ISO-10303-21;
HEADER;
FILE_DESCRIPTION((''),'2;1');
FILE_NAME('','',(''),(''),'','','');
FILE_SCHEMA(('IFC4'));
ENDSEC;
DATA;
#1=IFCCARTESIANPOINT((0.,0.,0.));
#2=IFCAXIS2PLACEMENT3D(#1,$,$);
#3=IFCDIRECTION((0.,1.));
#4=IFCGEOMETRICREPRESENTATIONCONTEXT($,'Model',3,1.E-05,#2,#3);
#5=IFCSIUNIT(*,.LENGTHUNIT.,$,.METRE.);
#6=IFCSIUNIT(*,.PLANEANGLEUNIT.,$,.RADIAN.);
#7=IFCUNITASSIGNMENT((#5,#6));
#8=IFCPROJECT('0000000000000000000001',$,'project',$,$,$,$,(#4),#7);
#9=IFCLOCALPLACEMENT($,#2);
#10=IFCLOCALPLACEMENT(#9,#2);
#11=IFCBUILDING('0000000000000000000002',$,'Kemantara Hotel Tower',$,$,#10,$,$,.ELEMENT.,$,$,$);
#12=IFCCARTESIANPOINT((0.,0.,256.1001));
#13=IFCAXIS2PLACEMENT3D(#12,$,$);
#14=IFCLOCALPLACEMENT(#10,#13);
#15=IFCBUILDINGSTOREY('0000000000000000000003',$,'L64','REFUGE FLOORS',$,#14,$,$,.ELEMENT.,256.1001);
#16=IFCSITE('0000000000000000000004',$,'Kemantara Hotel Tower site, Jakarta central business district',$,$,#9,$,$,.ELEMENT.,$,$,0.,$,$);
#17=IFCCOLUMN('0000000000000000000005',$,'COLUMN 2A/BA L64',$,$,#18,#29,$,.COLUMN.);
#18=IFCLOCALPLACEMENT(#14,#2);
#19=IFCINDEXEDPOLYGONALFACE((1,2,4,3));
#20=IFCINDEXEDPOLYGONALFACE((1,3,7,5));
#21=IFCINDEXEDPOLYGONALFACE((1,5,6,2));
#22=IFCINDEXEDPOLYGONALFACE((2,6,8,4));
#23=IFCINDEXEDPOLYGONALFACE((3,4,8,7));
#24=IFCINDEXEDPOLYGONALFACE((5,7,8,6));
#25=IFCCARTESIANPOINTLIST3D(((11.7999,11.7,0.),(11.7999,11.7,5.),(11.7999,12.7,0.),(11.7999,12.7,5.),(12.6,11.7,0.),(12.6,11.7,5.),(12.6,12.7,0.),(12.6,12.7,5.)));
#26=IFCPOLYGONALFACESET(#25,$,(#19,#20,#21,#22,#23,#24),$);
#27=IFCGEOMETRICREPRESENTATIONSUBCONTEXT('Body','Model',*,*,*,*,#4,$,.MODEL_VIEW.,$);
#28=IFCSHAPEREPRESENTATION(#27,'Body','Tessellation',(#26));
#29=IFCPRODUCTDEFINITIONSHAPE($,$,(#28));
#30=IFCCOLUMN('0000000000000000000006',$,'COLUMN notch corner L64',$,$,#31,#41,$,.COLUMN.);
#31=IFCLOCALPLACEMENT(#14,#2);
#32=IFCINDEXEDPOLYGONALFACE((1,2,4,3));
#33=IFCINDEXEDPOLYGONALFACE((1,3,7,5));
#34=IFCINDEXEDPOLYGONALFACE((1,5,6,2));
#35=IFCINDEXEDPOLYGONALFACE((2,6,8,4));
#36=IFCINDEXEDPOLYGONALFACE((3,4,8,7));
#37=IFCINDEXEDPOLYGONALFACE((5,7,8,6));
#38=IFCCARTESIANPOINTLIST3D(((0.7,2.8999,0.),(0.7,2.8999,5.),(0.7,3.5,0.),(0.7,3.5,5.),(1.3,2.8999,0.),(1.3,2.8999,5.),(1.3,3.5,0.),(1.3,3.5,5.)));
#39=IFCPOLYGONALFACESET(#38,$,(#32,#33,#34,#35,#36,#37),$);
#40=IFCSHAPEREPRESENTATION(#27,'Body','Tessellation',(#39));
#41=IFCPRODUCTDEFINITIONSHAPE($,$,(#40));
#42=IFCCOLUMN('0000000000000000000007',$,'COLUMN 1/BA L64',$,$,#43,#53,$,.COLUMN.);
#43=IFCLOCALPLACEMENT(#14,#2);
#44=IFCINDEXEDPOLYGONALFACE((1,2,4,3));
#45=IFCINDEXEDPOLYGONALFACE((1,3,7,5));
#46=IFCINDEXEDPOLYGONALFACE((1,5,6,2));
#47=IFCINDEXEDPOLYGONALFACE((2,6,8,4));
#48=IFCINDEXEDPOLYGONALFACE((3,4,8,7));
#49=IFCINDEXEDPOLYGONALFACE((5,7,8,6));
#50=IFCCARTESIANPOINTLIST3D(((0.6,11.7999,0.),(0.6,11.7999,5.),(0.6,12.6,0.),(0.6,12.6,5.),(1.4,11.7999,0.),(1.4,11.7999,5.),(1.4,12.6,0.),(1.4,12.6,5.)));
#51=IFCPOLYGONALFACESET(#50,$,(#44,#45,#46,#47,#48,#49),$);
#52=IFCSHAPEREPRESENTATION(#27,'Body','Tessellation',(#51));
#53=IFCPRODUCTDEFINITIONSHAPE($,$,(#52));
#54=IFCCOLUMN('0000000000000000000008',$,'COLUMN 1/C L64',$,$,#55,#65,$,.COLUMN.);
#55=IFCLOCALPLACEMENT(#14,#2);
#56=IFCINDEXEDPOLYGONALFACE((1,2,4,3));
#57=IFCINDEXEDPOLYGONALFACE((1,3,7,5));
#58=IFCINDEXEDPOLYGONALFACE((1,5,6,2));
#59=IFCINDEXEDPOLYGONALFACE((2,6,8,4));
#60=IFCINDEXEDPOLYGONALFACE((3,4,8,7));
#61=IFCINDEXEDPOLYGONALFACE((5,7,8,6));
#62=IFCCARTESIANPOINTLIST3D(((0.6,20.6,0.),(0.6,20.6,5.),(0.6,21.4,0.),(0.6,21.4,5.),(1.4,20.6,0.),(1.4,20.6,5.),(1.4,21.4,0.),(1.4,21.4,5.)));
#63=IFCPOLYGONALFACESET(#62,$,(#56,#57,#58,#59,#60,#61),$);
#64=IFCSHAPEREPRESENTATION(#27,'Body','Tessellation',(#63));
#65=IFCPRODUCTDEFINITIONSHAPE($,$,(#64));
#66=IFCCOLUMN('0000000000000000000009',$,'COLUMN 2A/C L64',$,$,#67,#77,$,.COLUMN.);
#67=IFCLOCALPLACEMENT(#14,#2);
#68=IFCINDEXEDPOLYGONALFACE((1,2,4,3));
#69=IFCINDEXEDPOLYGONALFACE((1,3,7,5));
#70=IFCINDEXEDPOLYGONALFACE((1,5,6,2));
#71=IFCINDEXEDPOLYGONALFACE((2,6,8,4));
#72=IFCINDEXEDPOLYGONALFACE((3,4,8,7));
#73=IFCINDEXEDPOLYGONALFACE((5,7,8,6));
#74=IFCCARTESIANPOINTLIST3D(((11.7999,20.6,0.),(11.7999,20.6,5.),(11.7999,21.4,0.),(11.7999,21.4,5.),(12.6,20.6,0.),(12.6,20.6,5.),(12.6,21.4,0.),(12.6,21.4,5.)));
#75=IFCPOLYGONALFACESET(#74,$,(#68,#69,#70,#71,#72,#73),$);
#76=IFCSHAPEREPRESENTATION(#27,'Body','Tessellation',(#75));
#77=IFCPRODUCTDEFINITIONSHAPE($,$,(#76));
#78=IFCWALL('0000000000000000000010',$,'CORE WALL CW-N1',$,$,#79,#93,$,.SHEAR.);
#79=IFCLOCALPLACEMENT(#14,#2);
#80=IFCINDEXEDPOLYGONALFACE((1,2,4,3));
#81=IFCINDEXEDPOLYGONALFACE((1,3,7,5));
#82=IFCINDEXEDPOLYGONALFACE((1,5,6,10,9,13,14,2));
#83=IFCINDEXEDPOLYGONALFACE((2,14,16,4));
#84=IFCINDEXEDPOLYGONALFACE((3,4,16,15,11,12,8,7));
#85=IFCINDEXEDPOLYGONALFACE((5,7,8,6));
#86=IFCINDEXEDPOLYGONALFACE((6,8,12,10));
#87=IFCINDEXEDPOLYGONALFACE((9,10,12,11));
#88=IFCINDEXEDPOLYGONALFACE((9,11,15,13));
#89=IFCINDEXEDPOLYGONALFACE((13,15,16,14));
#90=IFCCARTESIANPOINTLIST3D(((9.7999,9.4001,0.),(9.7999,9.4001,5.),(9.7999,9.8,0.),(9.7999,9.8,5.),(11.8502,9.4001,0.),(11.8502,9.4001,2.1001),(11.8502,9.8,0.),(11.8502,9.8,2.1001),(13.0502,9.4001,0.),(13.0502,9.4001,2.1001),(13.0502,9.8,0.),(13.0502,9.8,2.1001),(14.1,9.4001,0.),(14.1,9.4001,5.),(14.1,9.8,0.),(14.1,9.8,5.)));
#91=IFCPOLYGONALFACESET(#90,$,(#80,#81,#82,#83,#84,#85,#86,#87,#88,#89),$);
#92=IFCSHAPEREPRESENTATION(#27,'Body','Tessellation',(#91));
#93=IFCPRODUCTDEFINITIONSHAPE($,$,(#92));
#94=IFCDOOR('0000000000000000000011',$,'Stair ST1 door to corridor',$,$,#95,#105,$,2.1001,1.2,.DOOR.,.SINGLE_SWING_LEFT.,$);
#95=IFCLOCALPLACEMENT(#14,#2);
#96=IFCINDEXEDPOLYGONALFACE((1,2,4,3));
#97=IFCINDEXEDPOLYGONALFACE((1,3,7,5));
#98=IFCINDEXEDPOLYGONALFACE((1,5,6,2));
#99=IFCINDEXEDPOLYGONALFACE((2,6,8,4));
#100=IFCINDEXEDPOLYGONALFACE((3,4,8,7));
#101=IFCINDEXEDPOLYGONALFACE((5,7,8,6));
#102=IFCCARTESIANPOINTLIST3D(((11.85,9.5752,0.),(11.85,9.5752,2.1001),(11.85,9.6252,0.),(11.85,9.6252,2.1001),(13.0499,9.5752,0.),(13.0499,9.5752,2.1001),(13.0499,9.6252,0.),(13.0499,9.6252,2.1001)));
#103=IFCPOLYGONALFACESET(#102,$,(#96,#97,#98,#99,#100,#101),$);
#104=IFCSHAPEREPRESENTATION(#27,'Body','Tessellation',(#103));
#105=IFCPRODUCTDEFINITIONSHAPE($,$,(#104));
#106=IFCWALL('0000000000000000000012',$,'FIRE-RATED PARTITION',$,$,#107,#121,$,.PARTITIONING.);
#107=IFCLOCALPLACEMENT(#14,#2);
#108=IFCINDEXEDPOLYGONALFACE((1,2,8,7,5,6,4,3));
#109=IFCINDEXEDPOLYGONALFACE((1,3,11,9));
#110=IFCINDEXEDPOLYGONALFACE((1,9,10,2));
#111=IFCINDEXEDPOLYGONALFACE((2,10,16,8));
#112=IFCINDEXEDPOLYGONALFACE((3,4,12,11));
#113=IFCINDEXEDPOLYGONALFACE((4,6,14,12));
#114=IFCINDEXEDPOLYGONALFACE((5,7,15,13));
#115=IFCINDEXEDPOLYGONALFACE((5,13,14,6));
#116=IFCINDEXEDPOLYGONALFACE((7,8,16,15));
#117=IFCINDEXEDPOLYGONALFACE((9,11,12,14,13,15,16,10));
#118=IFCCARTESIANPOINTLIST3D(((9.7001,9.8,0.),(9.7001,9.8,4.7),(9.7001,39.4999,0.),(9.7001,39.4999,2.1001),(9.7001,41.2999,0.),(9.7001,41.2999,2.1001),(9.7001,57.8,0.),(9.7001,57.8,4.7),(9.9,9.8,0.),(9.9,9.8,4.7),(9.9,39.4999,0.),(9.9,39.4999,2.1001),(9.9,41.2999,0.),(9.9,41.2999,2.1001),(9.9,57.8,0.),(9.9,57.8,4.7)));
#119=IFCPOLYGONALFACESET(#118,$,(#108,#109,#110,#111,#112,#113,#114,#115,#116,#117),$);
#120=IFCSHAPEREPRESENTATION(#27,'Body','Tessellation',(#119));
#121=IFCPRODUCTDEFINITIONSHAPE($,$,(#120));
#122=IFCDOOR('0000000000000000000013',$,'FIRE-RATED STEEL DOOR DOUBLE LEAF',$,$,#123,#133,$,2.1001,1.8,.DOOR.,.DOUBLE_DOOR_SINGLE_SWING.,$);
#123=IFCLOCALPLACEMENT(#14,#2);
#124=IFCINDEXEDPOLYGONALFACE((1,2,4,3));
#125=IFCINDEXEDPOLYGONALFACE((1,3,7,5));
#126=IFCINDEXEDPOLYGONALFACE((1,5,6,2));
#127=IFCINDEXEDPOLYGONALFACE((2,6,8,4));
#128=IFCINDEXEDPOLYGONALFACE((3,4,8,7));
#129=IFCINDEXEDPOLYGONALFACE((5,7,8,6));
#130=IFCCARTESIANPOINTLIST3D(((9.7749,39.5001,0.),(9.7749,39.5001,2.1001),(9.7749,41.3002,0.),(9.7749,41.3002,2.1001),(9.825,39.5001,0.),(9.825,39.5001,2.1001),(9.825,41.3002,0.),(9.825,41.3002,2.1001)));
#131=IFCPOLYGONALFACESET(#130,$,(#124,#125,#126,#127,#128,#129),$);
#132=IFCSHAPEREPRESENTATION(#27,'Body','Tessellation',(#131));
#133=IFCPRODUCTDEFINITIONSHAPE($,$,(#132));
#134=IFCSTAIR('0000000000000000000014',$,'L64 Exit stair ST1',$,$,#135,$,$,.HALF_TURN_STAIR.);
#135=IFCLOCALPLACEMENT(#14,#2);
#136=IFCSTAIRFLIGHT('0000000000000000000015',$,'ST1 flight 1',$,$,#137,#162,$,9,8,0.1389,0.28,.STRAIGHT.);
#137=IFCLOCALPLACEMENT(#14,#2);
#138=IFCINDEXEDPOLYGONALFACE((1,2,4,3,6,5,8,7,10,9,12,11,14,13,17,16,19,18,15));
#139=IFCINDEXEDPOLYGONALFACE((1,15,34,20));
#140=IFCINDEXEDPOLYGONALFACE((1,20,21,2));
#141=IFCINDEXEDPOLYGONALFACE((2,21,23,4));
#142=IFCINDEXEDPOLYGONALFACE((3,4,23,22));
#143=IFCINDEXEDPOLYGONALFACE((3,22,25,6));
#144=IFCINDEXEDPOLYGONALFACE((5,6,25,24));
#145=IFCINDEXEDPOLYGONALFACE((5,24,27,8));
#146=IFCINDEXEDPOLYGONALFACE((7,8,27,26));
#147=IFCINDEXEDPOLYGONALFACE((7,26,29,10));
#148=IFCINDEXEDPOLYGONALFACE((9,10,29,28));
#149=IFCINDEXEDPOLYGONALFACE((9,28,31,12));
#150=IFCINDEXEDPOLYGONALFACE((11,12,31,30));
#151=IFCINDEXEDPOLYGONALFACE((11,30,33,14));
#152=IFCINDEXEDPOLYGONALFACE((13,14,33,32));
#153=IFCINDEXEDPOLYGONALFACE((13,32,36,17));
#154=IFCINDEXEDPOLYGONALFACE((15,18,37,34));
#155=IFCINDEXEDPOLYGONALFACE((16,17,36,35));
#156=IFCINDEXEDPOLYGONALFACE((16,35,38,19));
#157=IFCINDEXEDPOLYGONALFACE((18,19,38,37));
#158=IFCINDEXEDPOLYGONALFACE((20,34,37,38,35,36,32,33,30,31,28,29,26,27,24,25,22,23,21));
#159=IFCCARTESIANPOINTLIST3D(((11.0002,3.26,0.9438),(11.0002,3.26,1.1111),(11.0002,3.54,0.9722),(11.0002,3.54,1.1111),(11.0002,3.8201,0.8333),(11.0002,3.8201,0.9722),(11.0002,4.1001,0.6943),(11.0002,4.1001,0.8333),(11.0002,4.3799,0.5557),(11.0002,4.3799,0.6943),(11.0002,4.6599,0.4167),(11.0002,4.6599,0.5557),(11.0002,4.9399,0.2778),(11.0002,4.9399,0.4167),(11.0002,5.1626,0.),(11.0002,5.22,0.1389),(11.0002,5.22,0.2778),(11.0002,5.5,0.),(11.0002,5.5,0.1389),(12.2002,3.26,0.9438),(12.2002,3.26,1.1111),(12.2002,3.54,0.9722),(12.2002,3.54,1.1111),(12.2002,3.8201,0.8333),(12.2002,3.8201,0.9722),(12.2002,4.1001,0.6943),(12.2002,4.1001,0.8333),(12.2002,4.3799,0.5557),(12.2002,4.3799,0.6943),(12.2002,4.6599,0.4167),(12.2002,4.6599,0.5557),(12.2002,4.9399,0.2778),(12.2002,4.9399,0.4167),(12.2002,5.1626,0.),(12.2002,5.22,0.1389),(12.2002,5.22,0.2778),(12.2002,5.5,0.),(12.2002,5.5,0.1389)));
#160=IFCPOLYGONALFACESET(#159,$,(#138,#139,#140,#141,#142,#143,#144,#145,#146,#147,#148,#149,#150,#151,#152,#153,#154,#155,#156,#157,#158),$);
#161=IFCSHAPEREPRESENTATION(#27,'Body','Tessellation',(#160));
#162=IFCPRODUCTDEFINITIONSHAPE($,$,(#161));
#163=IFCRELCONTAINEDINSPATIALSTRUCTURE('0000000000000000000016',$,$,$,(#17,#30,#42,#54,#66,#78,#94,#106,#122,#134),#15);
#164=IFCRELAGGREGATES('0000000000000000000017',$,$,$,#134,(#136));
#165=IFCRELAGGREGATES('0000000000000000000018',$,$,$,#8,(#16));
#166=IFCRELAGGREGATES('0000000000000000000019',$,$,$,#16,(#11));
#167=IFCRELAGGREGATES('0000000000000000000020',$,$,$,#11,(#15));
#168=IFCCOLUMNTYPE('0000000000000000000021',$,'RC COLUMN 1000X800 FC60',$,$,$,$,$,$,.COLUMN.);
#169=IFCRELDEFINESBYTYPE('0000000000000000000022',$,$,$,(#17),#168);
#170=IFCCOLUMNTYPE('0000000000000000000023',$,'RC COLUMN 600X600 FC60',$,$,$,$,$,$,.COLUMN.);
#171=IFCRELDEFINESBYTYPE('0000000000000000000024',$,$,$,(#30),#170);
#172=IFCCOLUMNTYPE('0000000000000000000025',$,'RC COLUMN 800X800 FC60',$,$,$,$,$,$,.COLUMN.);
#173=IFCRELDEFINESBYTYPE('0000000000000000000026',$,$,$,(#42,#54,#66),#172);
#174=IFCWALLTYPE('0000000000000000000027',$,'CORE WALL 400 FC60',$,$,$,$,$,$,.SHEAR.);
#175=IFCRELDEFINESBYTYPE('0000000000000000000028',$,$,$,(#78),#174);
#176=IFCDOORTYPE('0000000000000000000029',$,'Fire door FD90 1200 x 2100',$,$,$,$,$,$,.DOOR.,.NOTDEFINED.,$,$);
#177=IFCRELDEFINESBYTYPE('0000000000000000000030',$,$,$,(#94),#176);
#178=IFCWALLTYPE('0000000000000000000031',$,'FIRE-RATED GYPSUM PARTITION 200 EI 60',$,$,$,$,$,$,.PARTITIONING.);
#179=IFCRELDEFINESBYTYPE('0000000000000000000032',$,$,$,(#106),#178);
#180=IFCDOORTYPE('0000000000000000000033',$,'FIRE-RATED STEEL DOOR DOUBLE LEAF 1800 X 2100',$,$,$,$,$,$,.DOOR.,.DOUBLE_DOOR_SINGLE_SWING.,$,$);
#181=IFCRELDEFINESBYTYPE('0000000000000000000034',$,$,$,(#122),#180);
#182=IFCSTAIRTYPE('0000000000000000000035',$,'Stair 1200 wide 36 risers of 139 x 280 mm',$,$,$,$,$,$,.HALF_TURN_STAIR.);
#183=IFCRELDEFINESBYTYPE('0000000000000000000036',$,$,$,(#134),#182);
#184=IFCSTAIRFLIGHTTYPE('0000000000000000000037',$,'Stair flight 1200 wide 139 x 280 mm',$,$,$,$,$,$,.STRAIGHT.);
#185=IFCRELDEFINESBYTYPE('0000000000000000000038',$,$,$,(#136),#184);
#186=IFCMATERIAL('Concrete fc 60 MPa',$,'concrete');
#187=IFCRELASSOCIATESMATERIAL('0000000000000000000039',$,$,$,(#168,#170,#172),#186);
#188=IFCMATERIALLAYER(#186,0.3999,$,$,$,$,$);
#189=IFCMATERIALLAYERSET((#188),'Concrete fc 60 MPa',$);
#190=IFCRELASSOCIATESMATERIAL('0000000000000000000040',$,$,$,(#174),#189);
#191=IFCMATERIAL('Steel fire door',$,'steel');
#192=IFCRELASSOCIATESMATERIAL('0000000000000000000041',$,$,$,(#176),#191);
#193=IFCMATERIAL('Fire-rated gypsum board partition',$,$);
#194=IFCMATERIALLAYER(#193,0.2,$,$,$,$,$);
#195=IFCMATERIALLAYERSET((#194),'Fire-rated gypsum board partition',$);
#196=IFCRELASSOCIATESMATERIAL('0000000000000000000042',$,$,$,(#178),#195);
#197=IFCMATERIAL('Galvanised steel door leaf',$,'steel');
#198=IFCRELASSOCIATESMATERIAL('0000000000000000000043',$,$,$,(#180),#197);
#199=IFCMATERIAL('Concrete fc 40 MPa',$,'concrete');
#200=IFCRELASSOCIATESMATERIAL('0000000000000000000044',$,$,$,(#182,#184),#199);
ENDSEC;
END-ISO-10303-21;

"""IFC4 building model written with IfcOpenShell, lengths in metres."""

from ifc_helpers import new_model, si_unit, direction, frame, frame_2d, origin, origin_2d, place, context, subcontext, project, spatial, polyline, rectangle, outline, extrude, material, layer, layer_set, material_profile, profile_set, type_object, element, fill, aggregate, save


model = new_model("IFC4")

# Units and contexts
model_context = context("Model", 3, precision=1e-05, world=origin(), true_north=direction((0.0, 1.0)))
body_context = subcontext(model_context, "Body", "Model", "MODEL_VIEW")
ifc_project = project(units=[si_unit("LENGTHUNIT", "METRE"), si_unit("PLANEANGLEUNIT", "RADIAN")], contexts=[model_context])

# Site, building, storey
site_placement = place(None, origin())
site = spatial("IfcSite", under=ifc_project, at=site_placement, Name="Kemantara Hotel Tower site, Jakarta central business district", CompositionType="ELEMENT", RefElevation=0.0)
building_placement = place(site_placement, origin())
building = spatial("IfcBuilding", under=site, at=building_placement, Name="Kemantara Hotel Tower", CompositionType="ELEMENT")
storey_placement = place(building_placement, frame((0.0, 0.0, 256.1001)))
storey = spatial("IfcBuildingStorey", under=building, at=storey_placement, Name="L64", Description="REFUGE FLOORS", CompositionType="ELEMENT", Elevation=256.1001)

# Columns
ifc_material_1 = material(Name="Concrete fc 60 MPa", Category="concrete")
ifc_material_profile_1 = material_profile(ifc_material_1, rectangle(XDim=1.0, YDim=0.8, at=origin_2d()), Name="RC 1000X800")
ifc_profile_set_1 = profile_set([ifc_material_profile_1], Name="Concrete fc 60 MPa")
column_type_1 = type_object("IfcColumnType", Name="RC COLUMN 1000X800 FC60", PredefinedType="COLUMN", material=ifc_profile_set_1)
column_1_placement = place(storey_placement, frame((12.2, 12.2, 0.0), z_axis=(0.0, 0.0, 1.0), x_axis=(0.0, 1.0, 0.0)))
element("IfcColumn", 1, at=column_1_placement, inside=storey, type_object=column_type_1, Name="COLUMN 2A/BA L64", PredefinedType="COLUMN", context=body_context, shape_type="SweptSolid", body=[
    extrude(rectangle(XDim=1.0, YDim=0.8, at=origin_2d()), origin(), (0.0, 0.0, 1.0), 5.0),
])
ifc_material_profile_2 = material_profile(ifc_material_1, rectangle(XDim=0.6001, YDim=0.6001, at=origin_2d()), Name="RC 600X600")
ifc_profile_set_2 = profile_set([ifc_material_profile_2], Name="Concrete fc 60 MPa")
column_type_2 = type_object("IfcColumnType", Name="RC COLUMN 600X600 FC60", PredefinedType="COLUMN", material=ifc_profile_set_2)
column_2_placement = place(storey_placement, frame((1.0, 3.2, 0.0), z_axis=(0.0, 0.0, 1.0), x_axis=(1.0, 0.0, 0.0)))
element("IfcColumn", 2, at=column_2_placement, inside=storey, type_object=column_type_2, Name="COLUMN notch corner L64", PredefinedType="COLUMN", context=body_context, shape_type="SweptSolid", body=[
    extrude(rectangle(XDim=0.6001, YDim=0.6001, at=origin_2d()), origin(), (0.0, 0.0, 1.0), 5.0),
])
ifc_material_profile_3 = material_profile(ifc_material_1, rectangle(XDim=0.8, YDim=0.8, at=origin_2d()), Name="RC 800X800")
ifc_profile_set_3 = profile_set([ifc_material_profile_3], Name="Concrete fc 60 MPa")
column_type_3 = type_object("IfcColumnType", Name="RC COLUMN 800X800 FC60", PredefinedType="COLUMN", material=ifc_profile_set_3)
for number, where, z_axis, x_axis, name in (
    (3, (1.0, 12.2, 0.0), (0.0, 0.0, 1.0), (1.0, 0.0, 0.0), "COLUMN 1/BA L64"),
    (4, (1.0, 21.0, 0.0), (0.0, 0.0, 1.0), (1.0, 0.0, 0.0), "COLUMN 1/C L64"),
    (5, (12.2, 21.0, 0.0), (0.0, 0.0, 1.0), (1.0, 0.0, 0.0), "COLUMN 2A/C L64"),
):
    element("IfcColumn", number, at=place(storey_placement, frame(where, z_axis=z_axis, x_axis=x_axis)), inside=storey, type_object=column_type_3, Name=name, PredefinedType="COLUMN", context=body_context, shape_type="SweptSolid", body=[
        extrude(rectangle(XDim=0.8, YDim=0.8, at=origin_2d()), origin(), (0.0, 0.0, 1.0), 5.0),
    ])

# Walls, openings, doors
ifc_layer_1 = layer(ifc_material_1, 0.3999)
ifc_layer_set_1 = layer_set([ifc_layer_1], Name="Concrete fc 60 MPa")
wall_type_1 = type_object("IfcWallType", Name="CORE WALL 400 FC60", PredefinedType="SHEAR", material=ifc_layer_set_1)
wall_1_placement = place(storey_placement, frame((9.8, 9.6001, 0.0), z_axis=(0.0, 0.0, 1.0), x_axis=(1.0, 0.0, 0.0)))
wall_1 = element("IfcWall", 6, at=wall_1_placement, inside=storey, type_object=wall_type_1, Name="CORE WALL CW-N1", PredefinedType="SHEAR", context=body_context, shape_type="SweptSolid", body=[
    extrude(rectangle(XDim=4.3, YDim=0.3999, at=frame_2d((2.1499, 0.0))), origin(), (0.0, 0.0, 1.0), 5.0),
])
opening_1_placement = place(wall_1_placement, frame((2.05, 0.0, 0.0)))
opening_1 = element("IfcOpeningElement", 7, at=opening_1_placement, cuts=wall_1, PredefinedType="OPENING", context=body_context, shape_type="SweptSolid", body=[
    extrude(rectangle(XDim=1.2, YDim=2.1001, at=frame_2d((0.6001, 1.05))), frame((0.0, 0.21, 0.0), z_axis=(0.0, -1.0, 0.0), x_axis=(1.0, 0.0, 0.0)), (0.0, 0.0, 1.0), 0.4199),
])
ifc_material_2 = material(Name="Steel fire door", Category="steel")
door_type_1 = type_object("IfcDoorType", Name="Fire door FD90 1200 x 2100", OperationType="NOTDEFINED", PredefinedType="DOOR", material=ifc_material_2)
door_1_placement = place(opening_1_placement, frame((1.2, 0.0, 0.0), z_axis=(0.0, 0.0, 1.0), x_axis=(-1.0, 0.0, 0.0)))
door_1 = element("IfcDoor", 8, at=door_1_placement, inside=storey, type_object=door_type_1, Name="Stair ST1 door to corridor", OperationType="SINGLE_SWING_LEFT", OverallHeight=2.1001, OverallWidth=1.2, PredefinedType="DOOR", context=body_context, shape_type="SweptSolid", body=[
    extrude(rectangle(XDim=1.2, YDim=2.1001, at=frame_2d((0.6001, 1.05))), frame((0.0, 0.0249, 0.0), z_axis=(0.0, -1.0, 0.0), x_axis=(1.0, 0.0, 0.0)), (0.0, 0.0, 1.0), 0.05),
])
fill(opening_1, door_1)
ifc_material_3 = material(Name="Fire-rated gypsum board partition")
ifc_layer_2 = layer(ifc_material_3, 0.2)
ifc_layer_set_2 = layer_set([ifc_layer_2], Name="Fire-rated gypsum board partition")
wall_type_2 = type_object("IfcWallType", Name="FIRE-RATED GYPSUM PARTITION 200 EI 60", PredefinedType="PARTITIONING", material=ifc_layer_set_2)
wall_2_placement = place(storey_placement, frame((9.8, 9.8, 0.0), z_axis=(0.0, 0.0, 1.0), x_axis=(0.0, 1.0, 0.0)))
wall_2 = element("IfcWall", 9, at=wall_2_placement, inside=storey, type_object=wall_type_2, Name="FIRE-RATED PARTITION", PredefinedType="PARTITIONING", context=body_context, shape_type="SweptSolid", body=[
    extrude(rectangle(XDim=48.0, YDim=0.2, at=frame_2d((24.0, 0.0))), origin(), (0.0, 0.0, 1.0), 4.7),
])
opening_2_placement = place(wall_2_placement, frame((29.7, 0.0, 0.0)))
opening_2 = element("IfcOpeningElement", 10, at=opening_2_placement, cuts=wall_2, PredefinedType="OPENING", context=body_context, shape_type="SweptSolid", body=[
    extrude(rectangle(XDim=1.8, YDim=2.1001, at=frame_2d((0.8999, 1.05))), frame((0.0, 0.1099, 0.0), z_axis=(0.0, -1.0, 0.0), x_axis=(1.0, 0.0, 0.0)), (0.0, 0.0, 1.0), 0.22),
])
ifc_material_4 = material(Name="Galvanised steel door leaf", Category="steel")
door_type_2 = type_object("IfcDoorType", Name="FIRE-RATED STEEL DOOR DOUBLE LEAF 1800 X 2100", OperationType="DOUBLE_DOOR_SINGLE_SWING", PredefinedType="DOOR", material=ifc_material_4)
door_2_placement = place(opening_2_placement, frame((1.8, 0.0, 0.0), z_axis=(0.0, 0.0, 1.0), x_axis=(-1.0, 0.0, 0.0)))
door_2 = element("IfcDoor", 11, at=door_2_placement, inside=storey, type_object=door_type_2, Name="FIRE-RATED STEEL DOOR DOUBLE LEAF", OperationType="DOUBLE_DOOR_SINGLE_SWING", OverallHeight=2.1001, OverallWidth=1.8, PredefinedType="DOOR", context=body_context, shape_type="SweptSolid", body=[
    extrude(rectangle(XDim=1.8, YDim=2.1001, at=frame_2d((0.8999, 1.05))), frame((0.0, 0.0249, 0.0), z_axis=(0.0, -1.0, 0.0), x_axis=(1.0, 0.0, 0.0)), (0.0, 0.0, 1.0), 0.05),
])
fill(opening_2, door_2)

# Stair, stair flight
ifc_material_5 = material(Name="Concrete fc 40 MPa", Category="concrete")
stair_type = type_object("IfcStairType", Name="Stair 1200 wide 36 risers of 139 x 280 mm", PredefinedType="HALF_TURN_STAIR", material=ifc_material_5)
stair_placement = place(storey_placement, origin())
stair = element("IfcStair", 12, at=stair_placement, inside=storey, type_object=stair_type, Name="L64 Exit stair ST1", PredefinedType="HALF_TURN_STAIR")
stair_flight_type = type_object("IfcStairFlightType", Name="Stair flight 1200 wide 139 x 280 mm", PredefinedType="STRAIGHT", material=ifc_material_5)
stair_flight_1_placement = place(storey_placement, frame((11.6001, 5.5, 0.0), z_axis=(0.0, 0.0, 1.0), x_axis=(0.0, -1.0, 0.0)))
stair_flight_1 = element("IfcStairFlight", 13, at=stair_flight_1_placement, type_object=stair_flight_type, Name="ST1 flight 1", NumberOfRisers=9, NumberOfTreads=8, PredefinedType="STRAIGHT", RiserHeight=0.1389, TreadLength=0.28, context=body_context, shape_type="SweptSolid", body=[
    extrude(outline(polyline([(0.0, 0.0), (0.0, 0.1389), (0.28, 0.1389), (0.28, 0.2778), (0.5601, 0.2778), (0.5601, 0.4167), (0.8401, 0.4167), (0.8401, 0.5557), (1.1201, 0.5557), (1.1201, 0.6943), (1.3999, 0.6943), (1.3999, 0.8333), (1.6799, 0.8333), (1.6799, 0.9722), (1.96, 0.9722), (1.96, 1.1111), (2.24, 1.1111), (2.24, 1.25), (2.24, 0.9438), (0.3374, 0.0), (0.0, 0.0)])), frame((0.0, 0.6001, 0.0), z_axis=(0.0, -1.0, 0.0), x_axis=(1.0, 0.0, 0.0)), (0.0, 0.0, 1.0), 1.2),
])
aggregate(stair, [stair_flight_1])

save(model, "model.ifc")
